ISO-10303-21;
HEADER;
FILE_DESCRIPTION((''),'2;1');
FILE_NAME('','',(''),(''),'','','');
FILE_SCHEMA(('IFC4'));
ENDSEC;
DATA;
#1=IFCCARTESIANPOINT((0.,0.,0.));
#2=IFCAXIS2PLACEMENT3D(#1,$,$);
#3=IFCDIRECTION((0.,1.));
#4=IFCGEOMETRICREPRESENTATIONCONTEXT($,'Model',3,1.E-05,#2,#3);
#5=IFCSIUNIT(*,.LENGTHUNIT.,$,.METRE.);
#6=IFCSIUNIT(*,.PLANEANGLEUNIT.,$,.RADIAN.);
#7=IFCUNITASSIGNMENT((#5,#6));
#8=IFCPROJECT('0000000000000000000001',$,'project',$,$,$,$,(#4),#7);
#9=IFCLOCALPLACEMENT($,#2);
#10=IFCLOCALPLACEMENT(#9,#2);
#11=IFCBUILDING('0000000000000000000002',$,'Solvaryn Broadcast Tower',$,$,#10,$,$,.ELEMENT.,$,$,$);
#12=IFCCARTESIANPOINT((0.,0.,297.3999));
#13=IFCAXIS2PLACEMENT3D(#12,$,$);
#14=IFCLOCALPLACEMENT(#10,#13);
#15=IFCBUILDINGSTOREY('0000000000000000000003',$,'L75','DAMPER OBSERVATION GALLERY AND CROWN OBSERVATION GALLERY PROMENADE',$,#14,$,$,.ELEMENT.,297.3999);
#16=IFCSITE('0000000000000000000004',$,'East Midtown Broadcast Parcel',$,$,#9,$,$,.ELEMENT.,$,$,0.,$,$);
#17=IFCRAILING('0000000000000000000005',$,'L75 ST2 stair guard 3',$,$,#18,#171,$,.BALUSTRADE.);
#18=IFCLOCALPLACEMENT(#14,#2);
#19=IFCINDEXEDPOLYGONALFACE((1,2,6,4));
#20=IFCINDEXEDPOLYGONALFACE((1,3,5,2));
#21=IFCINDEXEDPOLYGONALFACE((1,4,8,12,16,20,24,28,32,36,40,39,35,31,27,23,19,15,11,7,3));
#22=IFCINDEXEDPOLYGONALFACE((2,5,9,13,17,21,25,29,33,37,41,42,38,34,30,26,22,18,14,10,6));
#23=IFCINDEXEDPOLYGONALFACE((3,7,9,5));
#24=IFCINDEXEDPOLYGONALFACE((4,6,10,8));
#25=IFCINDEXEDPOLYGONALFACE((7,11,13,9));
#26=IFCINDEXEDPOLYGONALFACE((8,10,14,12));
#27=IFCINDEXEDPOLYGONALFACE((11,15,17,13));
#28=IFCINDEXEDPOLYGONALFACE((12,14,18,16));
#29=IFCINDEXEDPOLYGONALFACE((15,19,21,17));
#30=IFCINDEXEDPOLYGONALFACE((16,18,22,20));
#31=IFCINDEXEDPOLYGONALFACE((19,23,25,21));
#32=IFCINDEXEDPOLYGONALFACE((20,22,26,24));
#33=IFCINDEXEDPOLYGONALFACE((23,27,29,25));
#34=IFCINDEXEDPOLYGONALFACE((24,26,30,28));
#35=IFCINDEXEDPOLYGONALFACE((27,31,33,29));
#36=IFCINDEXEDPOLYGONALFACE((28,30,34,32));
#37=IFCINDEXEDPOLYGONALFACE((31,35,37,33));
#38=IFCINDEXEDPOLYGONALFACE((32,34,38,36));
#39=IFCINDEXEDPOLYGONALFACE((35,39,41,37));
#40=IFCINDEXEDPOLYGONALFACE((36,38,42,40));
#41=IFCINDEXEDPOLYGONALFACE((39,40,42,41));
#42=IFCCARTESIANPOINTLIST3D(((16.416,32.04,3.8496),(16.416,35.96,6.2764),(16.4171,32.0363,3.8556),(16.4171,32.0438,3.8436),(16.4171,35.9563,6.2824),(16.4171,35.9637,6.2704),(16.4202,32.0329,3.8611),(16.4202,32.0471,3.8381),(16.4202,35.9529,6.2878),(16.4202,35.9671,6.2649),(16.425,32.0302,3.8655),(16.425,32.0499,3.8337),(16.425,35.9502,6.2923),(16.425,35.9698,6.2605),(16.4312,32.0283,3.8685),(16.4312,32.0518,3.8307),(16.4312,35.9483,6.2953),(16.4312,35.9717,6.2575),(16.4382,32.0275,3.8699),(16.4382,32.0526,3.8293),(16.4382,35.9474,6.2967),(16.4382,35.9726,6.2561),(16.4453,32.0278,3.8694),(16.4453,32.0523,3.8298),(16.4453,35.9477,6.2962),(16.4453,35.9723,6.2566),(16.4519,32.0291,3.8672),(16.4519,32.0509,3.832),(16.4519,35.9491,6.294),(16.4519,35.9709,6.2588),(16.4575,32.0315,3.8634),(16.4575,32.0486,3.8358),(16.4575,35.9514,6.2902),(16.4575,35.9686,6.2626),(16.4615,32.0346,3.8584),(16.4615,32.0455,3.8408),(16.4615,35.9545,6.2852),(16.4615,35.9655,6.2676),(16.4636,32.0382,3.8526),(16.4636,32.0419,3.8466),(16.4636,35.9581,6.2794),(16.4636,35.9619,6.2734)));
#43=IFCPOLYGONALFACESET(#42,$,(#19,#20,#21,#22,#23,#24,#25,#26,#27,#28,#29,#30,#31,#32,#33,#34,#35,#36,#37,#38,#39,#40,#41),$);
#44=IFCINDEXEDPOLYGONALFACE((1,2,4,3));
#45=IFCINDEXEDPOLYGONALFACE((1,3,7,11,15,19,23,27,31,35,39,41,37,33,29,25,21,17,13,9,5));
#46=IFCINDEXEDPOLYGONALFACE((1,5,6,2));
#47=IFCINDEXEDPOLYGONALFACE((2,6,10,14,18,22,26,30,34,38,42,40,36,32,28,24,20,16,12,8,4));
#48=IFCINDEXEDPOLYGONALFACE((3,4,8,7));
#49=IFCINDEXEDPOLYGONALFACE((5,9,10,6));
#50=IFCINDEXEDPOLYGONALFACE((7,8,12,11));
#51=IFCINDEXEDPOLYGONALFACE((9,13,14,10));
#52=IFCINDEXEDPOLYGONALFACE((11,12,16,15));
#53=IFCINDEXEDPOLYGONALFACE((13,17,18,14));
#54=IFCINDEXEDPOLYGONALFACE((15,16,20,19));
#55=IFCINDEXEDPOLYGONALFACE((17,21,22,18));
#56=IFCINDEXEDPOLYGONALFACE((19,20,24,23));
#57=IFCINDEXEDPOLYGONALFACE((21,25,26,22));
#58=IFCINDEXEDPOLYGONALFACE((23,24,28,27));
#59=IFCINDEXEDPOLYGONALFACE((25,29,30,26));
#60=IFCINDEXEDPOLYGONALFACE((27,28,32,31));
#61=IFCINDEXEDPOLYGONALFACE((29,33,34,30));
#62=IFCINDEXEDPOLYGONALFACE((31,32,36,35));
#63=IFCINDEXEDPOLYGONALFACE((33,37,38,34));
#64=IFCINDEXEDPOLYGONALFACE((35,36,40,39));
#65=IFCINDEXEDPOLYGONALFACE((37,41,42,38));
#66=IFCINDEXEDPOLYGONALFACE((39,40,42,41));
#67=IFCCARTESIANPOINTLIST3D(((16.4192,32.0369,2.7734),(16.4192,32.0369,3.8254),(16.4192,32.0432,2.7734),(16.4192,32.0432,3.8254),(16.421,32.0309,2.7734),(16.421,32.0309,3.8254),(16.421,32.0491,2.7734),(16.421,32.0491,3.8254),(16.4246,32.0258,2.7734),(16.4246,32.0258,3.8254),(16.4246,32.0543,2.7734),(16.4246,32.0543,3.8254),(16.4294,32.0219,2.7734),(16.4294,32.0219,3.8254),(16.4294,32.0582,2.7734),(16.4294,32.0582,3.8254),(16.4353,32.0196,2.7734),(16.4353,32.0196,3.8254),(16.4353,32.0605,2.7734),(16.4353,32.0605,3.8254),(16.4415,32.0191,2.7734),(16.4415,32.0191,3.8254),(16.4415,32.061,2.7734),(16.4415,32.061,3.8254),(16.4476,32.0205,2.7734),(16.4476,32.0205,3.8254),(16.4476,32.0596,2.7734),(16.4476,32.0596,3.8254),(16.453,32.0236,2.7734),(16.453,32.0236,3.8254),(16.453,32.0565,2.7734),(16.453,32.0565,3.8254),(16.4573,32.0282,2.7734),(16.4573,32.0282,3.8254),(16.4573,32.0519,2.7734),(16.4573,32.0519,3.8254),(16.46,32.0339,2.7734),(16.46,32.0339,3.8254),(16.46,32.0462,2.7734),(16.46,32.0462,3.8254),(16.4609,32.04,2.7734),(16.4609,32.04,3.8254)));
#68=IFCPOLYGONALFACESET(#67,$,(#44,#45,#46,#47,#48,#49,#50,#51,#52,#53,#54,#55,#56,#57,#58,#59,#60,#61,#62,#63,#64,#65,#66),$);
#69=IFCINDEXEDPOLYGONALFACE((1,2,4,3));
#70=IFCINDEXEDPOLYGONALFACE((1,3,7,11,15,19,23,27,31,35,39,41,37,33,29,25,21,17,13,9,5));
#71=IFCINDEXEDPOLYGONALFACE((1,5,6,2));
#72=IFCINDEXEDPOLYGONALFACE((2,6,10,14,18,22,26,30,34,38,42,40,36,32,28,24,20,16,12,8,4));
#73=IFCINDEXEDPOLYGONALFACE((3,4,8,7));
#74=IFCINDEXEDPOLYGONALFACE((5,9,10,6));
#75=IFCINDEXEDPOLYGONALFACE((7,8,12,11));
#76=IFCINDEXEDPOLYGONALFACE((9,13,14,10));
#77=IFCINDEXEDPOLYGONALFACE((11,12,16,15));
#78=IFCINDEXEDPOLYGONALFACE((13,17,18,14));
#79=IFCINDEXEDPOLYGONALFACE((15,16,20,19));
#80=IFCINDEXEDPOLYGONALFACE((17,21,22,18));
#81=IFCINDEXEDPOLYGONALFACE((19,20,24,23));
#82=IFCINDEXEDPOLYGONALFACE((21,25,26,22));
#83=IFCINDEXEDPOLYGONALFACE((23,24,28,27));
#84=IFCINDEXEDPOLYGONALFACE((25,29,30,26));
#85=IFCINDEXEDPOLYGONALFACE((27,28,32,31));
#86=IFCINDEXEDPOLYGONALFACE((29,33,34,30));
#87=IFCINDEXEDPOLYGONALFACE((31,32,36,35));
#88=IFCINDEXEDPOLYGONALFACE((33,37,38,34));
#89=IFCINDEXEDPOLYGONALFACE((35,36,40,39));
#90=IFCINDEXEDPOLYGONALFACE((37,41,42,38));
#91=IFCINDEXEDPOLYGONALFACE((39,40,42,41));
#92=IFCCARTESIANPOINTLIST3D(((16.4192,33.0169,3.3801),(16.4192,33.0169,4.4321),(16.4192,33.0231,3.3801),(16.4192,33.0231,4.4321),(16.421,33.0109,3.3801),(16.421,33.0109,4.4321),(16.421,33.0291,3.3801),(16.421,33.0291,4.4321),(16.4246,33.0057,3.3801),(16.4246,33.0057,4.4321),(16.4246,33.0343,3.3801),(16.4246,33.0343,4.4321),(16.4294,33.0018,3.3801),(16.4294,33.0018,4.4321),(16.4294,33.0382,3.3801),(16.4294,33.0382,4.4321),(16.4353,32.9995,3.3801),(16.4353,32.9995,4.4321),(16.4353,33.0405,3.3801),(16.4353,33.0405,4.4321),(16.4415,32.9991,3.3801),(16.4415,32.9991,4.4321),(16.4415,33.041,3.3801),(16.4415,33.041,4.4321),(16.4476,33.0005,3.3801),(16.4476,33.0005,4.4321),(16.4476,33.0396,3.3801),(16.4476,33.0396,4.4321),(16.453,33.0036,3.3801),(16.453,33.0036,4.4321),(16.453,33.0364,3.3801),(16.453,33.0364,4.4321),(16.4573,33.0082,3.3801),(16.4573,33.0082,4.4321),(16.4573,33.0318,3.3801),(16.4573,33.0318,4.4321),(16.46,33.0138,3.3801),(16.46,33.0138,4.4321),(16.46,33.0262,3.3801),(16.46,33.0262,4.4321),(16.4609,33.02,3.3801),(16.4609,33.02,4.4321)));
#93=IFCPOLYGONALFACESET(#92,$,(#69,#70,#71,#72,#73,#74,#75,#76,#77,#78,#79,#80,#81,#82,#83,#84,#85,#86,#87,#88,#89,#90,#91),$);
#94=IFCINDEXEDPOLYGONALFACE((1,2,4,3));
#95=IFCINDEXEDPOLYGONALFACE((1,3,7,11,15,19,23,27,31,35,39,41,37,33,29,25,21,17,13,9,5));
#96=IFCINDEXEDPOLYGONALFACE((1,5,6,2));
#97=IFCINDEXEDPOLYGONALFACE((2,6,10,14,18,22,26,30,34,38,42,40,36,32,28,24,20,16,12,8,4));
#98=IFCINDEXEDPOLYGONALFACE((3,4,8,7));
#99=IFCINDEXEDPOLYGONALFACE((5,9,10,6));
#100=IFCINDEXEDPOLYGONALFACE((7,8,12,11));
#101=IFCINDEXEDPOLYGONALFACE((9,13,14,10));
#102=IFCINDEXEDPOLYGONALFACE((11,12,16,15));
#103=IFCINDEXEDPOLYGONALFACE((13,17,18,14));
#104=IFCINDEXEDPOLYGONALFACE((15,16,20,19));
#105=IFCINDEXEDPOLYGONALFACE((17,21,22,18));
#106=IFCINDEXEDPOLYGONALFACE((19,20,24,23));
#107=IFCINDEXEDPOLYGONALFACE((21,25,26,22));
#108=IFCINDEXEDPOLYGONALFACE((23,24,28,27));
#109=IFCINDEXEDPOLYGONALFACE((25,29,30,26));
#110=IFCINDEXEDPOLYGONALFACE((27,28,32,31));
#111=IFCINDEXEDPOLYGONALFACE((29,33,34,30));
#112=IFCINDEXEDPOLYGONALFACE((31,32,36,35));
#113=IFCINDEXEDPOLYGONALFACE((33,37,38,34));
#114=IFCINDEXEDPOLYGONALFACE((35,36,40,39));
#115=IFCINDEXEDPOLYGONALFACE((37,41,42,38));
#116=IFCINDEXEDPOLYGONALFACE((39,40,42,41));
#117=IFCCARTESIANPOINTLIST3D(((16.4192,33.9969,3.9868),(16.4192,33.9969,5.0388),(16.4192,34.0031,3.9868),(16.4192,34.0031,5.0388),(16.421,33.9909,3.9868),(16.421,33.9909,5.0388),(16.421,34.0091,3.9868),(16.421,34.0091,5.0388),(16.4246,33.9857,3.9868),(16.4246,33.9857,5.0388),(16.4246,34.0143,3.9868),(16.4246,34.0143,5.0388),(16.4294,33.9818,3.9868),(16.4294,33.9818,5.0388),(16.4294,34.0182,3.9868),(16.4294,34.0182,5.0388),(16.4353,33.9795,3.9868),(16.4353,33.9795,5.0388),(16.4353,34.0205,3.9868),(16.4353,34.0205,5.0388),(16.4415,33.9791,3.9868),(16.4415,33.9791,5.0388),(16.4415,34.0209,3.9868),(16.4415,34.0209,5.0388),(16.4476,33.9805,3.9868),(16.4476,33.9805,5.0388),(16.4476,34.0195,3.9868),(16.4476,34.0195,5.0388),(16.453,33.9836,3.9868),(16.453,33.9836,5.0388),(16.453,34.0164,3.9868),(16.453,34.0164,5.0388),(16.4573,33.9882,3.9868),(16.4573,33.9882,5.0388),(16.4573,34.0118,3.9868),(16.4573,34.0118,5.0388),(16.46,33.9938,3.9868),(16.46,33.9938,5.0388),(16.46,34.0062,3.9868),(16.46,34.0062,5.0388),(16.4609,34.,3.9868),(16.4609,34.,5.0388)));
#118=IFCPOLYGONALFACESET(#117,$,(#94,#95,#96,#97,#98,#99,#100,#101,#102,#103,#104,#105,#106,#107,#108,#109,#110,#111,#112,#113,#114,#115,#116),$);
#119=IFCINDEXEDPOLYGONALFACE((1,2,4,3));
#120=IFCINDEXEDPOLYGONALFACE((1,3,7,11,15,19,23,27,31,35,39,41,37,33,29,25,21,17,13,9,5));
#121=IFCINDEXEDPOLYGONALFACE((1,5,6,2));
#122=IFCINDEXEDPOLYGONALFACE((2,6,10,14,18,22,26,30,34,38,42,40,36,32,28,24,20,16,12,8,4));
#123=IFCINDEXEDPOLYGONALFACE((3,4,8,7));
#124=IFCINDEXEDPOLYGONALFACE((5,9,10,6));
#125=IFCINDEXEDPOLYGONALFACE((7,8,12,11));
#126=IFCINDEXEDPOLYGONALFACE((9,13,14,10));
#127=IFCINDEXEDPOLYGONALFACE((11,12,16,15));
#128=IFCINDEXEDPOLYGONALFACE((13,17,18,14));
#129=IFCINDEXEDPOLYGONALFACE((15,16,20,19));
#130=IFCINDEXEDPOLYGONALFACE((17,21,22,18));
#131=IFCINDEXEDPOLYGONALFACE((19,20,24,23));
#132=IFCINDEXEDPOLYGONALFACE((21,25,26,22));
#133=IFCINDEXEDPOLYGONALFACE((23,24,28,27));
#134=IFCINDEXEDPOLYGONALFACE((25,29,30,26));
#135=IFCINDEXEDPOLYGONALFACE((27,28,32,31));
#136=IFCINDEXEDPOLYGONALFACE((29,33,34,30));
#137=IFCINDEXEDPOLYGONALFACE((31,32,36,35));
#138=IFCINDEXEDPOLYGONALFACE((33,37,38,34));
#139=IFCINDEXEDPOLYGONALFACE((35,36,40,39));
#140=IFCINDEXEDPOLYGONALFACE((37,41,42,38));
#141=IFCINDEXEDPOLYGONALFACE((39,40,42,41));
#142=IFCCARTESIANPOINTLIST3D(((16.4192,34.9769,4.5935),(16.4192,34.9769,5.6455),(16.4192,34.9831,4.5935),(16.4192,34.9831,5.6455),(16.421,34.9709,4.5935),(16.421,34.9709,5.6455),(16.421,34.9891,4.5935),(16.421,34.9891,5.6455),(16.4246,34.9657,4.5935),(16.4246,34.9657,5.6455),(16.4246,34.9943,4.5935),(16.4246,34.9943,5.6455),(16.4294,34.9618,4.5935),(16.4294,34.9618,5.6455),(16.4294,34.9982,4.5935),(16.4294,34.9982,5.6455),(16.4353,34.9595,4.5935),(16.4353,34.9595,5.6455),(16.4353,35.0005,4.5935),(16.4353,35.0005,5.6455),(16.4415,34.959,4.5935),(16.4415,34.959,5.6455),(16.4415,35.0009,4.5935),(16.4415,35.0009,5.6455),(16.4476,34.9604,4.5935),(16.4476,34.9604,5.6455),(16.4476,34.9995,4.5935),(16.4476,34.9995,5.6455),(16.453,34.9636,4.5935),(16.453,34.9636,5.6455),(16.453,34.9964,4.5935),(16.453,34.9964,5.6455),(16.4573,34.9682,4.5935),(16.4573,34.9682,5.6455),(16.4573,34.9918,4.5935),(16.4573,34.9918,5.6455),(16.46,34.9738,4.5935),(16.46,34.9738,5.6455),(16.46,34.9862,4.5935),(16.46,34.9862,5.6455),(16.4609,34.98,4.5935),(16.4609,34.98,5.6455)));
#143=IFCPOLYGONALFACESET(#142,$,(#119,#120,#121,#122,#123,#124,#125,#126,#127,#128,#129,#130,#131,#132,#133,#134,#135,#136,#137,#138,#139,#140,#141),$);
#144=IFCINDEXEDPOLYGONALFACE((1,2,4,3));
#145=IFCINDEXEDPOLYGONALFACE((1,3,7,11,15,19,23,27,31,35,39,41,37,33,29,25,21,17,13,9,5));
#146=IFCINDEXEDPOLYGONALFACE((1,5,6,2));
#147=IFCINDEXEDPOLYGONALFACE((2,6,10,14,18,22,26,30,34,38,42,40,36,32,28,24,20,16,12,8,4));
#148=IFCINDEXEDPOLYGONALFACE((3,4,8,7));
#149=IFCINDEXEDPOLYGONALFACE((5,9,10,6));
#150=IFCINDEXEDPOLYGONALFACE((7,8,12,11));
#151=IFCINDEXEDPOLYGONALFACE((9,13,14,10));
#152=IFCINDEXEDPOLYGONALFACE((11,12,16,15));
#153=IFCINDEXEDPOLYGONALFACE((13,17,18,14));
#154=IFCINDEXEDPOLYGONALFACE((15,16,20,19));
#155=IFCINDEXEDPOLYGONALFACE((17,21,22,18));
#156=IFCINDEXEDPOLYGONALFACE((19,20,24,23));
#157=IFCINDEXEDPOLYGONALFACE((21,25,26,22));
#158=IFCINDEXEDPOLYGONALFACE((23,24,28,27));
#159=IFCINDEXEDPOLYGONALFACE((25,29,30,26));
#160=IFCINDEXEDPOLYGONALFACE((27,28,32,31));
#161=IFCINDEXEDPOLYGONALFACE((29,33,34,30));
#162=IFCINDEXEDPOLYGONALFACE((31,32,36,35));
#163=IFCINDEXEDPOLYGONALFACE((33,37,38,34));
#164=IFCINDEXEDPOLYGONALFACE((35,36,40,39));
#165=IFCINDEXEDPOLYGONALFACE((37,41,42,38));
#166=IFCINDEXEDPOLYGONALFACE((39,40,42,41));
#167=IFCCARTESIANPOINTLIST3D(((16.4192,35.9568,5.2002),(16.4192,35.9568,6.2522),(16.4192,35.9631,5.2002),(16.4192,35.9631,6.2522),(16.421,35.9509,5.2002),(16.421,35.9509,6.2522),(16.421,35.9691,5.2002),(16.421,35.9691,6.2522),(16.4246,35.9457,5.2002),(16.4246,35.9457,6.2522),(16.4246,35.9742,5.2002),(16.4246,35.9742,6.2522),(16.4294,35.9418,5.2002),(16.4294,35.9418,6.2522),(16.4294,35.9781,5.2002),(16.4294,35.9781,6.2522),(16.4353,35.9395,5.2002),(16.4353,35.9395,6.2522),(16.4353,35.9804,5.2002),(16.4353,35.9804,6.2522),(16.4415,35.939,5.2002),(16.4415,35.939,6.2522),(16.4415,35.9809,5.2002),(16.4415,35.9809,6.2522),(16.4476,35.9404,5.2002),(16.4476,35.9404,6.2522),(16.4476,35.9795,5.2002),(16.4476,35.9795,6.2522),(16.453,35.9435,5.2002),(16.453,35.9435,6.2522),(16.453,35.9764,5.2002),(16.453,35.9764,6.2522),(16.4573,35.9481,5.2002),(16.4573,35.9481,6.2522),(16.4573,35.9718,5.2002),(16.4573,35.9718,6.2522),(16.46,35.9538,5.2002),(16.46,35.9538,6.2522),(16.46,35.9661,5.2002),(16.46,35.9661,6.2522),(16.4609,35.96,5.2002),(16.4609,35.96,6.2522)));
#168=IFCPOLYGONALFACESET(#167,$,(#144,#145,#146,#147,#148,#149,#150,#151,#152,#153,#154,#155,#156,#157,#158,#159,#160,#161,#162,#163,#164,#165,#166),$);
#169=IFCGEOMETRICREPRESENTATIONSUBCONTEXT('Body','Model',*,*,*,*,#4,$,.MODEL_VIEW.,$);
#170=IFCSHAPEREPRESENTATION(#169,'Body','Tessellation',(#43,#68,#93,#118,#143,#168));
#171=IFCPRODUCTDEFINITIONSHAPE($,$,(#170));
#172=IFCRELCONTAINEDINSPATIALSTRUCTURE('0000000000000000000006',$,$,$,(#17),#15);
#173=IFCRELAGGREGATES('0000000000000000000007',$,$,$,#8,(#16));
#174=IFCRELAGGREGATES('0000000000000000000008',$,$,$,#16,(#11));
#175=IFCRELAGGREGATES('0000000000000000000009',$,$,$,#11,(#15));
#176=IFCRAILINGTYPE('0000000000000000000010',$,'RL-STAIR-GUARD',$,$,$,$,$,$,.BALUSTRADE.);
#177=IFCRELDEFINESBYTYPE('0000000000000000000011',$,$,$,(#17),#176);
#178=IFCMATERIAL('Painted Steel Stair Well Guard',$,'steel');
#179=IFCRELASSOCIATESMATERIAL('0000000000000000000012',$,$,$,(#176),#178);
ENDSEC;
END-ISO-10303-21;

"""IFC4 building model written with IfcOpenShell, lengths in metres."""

from ifc_helpers import new_model, si_unit, direction, frame, origin, origin_2d, place, context, subcontext, project, spatial, circle, extrude, material, type_object, element, save


model = new_model("IFC4")

# Units and contexts
model_context = context("Model", 3, precision=1e-05, world=origin(), true_north=direction((0.0, 1.0)))
body_context = subcontext(model_context, "Body", "Model", "MODEL_VIEW")
ifc_project = project(units=[si_unit("LENGTHUNIT", "METRE"), si_unit("PLANEANGLEUNIT", "RADIAN")], contexts=[model_context])

# Site, building, storey
site_placement = place(None, origin())
site = spatial("IfcSite", under=ifc_project, at=site_placement, Name="East Midtown Broadcast Parcel", CompositionType="ELEMENT", RefElevation=0.0)
building_placement = place(site_placement, origin())
building = spatial("IfcBuilding", under=site, at=building_placement, Name="Solvaryn Broadcast Tower", CompositionType="ELEMENT")
storey_placement = place(building_placement, frame((0.0, 0.0, 297.3999)))
storey = spatial("IfcBuildingStorey", under=building, at=storey_placement, Name="L75", Description="DAMPER OBSERVATION GALLERY AND CROWN OBSERVATION GALLERY PROMENADE", CompositionType="ELEMENT", Elevation=297.3999)

# Railing
ifc_material_1 = material(Name="Painted Steel Stair Well Guard", Category="steel")
railing_type_1 = type_object("IfcRailingType", Name="RL-STAIR-GUARD", PredefinedType="BALUSTRADE", material=ifc_material_1)
railing_1_placement = place(storey_placement, frame((16.4399, 32.04, 2.7734)))
element("IfcRailing", 1, at=railing_1_placement, inside=storey, type_object=railing_type_1, Name="L75 ST2 stair guard 3", PredefinedType="BALUSTRADE", context=body_context, shape_type="SweptSolid", body=[
    extrude(circle(Radius=0.0239, at=origin_2d()), frame((0.0, 0.0, 1.0762), z_axis=(0.0, 0.850252, 0.526376), x_axis=(-1.0, 0.0, 0.0)), (0.0, 0.0, 1.0), 4.6104),
    extrude(circle(Radius=0.021, at=origin_2d()), origin(), (0.0, 0.0, 1.0), 1.052),
    extrude(circle(Radius=0.021, at=origin_2d()), frame((0.0, 0.98, 0.6067)), (0.0, 0.0, 1.0), 1.052),
    extrude(circle(Radius=0.021, at=origin_2d()), frame((0.0, 1.96, 1.2134)), (0.0, 0.0, 1.0), 1.052),
    extrude(circle(Radius=0.021, at=origin_2d()), frame((0.0, 2.9399, 1.8201)), (0.0, 0.0, 1.0), 1.052),
    extrude(circle(Radius=0.021, at=origin_2d()), frame((0.0, 3.9199, 2.4268)), (0.0, 0.0, 1.0), 1.052),
])

save(model, "model.ifc")
